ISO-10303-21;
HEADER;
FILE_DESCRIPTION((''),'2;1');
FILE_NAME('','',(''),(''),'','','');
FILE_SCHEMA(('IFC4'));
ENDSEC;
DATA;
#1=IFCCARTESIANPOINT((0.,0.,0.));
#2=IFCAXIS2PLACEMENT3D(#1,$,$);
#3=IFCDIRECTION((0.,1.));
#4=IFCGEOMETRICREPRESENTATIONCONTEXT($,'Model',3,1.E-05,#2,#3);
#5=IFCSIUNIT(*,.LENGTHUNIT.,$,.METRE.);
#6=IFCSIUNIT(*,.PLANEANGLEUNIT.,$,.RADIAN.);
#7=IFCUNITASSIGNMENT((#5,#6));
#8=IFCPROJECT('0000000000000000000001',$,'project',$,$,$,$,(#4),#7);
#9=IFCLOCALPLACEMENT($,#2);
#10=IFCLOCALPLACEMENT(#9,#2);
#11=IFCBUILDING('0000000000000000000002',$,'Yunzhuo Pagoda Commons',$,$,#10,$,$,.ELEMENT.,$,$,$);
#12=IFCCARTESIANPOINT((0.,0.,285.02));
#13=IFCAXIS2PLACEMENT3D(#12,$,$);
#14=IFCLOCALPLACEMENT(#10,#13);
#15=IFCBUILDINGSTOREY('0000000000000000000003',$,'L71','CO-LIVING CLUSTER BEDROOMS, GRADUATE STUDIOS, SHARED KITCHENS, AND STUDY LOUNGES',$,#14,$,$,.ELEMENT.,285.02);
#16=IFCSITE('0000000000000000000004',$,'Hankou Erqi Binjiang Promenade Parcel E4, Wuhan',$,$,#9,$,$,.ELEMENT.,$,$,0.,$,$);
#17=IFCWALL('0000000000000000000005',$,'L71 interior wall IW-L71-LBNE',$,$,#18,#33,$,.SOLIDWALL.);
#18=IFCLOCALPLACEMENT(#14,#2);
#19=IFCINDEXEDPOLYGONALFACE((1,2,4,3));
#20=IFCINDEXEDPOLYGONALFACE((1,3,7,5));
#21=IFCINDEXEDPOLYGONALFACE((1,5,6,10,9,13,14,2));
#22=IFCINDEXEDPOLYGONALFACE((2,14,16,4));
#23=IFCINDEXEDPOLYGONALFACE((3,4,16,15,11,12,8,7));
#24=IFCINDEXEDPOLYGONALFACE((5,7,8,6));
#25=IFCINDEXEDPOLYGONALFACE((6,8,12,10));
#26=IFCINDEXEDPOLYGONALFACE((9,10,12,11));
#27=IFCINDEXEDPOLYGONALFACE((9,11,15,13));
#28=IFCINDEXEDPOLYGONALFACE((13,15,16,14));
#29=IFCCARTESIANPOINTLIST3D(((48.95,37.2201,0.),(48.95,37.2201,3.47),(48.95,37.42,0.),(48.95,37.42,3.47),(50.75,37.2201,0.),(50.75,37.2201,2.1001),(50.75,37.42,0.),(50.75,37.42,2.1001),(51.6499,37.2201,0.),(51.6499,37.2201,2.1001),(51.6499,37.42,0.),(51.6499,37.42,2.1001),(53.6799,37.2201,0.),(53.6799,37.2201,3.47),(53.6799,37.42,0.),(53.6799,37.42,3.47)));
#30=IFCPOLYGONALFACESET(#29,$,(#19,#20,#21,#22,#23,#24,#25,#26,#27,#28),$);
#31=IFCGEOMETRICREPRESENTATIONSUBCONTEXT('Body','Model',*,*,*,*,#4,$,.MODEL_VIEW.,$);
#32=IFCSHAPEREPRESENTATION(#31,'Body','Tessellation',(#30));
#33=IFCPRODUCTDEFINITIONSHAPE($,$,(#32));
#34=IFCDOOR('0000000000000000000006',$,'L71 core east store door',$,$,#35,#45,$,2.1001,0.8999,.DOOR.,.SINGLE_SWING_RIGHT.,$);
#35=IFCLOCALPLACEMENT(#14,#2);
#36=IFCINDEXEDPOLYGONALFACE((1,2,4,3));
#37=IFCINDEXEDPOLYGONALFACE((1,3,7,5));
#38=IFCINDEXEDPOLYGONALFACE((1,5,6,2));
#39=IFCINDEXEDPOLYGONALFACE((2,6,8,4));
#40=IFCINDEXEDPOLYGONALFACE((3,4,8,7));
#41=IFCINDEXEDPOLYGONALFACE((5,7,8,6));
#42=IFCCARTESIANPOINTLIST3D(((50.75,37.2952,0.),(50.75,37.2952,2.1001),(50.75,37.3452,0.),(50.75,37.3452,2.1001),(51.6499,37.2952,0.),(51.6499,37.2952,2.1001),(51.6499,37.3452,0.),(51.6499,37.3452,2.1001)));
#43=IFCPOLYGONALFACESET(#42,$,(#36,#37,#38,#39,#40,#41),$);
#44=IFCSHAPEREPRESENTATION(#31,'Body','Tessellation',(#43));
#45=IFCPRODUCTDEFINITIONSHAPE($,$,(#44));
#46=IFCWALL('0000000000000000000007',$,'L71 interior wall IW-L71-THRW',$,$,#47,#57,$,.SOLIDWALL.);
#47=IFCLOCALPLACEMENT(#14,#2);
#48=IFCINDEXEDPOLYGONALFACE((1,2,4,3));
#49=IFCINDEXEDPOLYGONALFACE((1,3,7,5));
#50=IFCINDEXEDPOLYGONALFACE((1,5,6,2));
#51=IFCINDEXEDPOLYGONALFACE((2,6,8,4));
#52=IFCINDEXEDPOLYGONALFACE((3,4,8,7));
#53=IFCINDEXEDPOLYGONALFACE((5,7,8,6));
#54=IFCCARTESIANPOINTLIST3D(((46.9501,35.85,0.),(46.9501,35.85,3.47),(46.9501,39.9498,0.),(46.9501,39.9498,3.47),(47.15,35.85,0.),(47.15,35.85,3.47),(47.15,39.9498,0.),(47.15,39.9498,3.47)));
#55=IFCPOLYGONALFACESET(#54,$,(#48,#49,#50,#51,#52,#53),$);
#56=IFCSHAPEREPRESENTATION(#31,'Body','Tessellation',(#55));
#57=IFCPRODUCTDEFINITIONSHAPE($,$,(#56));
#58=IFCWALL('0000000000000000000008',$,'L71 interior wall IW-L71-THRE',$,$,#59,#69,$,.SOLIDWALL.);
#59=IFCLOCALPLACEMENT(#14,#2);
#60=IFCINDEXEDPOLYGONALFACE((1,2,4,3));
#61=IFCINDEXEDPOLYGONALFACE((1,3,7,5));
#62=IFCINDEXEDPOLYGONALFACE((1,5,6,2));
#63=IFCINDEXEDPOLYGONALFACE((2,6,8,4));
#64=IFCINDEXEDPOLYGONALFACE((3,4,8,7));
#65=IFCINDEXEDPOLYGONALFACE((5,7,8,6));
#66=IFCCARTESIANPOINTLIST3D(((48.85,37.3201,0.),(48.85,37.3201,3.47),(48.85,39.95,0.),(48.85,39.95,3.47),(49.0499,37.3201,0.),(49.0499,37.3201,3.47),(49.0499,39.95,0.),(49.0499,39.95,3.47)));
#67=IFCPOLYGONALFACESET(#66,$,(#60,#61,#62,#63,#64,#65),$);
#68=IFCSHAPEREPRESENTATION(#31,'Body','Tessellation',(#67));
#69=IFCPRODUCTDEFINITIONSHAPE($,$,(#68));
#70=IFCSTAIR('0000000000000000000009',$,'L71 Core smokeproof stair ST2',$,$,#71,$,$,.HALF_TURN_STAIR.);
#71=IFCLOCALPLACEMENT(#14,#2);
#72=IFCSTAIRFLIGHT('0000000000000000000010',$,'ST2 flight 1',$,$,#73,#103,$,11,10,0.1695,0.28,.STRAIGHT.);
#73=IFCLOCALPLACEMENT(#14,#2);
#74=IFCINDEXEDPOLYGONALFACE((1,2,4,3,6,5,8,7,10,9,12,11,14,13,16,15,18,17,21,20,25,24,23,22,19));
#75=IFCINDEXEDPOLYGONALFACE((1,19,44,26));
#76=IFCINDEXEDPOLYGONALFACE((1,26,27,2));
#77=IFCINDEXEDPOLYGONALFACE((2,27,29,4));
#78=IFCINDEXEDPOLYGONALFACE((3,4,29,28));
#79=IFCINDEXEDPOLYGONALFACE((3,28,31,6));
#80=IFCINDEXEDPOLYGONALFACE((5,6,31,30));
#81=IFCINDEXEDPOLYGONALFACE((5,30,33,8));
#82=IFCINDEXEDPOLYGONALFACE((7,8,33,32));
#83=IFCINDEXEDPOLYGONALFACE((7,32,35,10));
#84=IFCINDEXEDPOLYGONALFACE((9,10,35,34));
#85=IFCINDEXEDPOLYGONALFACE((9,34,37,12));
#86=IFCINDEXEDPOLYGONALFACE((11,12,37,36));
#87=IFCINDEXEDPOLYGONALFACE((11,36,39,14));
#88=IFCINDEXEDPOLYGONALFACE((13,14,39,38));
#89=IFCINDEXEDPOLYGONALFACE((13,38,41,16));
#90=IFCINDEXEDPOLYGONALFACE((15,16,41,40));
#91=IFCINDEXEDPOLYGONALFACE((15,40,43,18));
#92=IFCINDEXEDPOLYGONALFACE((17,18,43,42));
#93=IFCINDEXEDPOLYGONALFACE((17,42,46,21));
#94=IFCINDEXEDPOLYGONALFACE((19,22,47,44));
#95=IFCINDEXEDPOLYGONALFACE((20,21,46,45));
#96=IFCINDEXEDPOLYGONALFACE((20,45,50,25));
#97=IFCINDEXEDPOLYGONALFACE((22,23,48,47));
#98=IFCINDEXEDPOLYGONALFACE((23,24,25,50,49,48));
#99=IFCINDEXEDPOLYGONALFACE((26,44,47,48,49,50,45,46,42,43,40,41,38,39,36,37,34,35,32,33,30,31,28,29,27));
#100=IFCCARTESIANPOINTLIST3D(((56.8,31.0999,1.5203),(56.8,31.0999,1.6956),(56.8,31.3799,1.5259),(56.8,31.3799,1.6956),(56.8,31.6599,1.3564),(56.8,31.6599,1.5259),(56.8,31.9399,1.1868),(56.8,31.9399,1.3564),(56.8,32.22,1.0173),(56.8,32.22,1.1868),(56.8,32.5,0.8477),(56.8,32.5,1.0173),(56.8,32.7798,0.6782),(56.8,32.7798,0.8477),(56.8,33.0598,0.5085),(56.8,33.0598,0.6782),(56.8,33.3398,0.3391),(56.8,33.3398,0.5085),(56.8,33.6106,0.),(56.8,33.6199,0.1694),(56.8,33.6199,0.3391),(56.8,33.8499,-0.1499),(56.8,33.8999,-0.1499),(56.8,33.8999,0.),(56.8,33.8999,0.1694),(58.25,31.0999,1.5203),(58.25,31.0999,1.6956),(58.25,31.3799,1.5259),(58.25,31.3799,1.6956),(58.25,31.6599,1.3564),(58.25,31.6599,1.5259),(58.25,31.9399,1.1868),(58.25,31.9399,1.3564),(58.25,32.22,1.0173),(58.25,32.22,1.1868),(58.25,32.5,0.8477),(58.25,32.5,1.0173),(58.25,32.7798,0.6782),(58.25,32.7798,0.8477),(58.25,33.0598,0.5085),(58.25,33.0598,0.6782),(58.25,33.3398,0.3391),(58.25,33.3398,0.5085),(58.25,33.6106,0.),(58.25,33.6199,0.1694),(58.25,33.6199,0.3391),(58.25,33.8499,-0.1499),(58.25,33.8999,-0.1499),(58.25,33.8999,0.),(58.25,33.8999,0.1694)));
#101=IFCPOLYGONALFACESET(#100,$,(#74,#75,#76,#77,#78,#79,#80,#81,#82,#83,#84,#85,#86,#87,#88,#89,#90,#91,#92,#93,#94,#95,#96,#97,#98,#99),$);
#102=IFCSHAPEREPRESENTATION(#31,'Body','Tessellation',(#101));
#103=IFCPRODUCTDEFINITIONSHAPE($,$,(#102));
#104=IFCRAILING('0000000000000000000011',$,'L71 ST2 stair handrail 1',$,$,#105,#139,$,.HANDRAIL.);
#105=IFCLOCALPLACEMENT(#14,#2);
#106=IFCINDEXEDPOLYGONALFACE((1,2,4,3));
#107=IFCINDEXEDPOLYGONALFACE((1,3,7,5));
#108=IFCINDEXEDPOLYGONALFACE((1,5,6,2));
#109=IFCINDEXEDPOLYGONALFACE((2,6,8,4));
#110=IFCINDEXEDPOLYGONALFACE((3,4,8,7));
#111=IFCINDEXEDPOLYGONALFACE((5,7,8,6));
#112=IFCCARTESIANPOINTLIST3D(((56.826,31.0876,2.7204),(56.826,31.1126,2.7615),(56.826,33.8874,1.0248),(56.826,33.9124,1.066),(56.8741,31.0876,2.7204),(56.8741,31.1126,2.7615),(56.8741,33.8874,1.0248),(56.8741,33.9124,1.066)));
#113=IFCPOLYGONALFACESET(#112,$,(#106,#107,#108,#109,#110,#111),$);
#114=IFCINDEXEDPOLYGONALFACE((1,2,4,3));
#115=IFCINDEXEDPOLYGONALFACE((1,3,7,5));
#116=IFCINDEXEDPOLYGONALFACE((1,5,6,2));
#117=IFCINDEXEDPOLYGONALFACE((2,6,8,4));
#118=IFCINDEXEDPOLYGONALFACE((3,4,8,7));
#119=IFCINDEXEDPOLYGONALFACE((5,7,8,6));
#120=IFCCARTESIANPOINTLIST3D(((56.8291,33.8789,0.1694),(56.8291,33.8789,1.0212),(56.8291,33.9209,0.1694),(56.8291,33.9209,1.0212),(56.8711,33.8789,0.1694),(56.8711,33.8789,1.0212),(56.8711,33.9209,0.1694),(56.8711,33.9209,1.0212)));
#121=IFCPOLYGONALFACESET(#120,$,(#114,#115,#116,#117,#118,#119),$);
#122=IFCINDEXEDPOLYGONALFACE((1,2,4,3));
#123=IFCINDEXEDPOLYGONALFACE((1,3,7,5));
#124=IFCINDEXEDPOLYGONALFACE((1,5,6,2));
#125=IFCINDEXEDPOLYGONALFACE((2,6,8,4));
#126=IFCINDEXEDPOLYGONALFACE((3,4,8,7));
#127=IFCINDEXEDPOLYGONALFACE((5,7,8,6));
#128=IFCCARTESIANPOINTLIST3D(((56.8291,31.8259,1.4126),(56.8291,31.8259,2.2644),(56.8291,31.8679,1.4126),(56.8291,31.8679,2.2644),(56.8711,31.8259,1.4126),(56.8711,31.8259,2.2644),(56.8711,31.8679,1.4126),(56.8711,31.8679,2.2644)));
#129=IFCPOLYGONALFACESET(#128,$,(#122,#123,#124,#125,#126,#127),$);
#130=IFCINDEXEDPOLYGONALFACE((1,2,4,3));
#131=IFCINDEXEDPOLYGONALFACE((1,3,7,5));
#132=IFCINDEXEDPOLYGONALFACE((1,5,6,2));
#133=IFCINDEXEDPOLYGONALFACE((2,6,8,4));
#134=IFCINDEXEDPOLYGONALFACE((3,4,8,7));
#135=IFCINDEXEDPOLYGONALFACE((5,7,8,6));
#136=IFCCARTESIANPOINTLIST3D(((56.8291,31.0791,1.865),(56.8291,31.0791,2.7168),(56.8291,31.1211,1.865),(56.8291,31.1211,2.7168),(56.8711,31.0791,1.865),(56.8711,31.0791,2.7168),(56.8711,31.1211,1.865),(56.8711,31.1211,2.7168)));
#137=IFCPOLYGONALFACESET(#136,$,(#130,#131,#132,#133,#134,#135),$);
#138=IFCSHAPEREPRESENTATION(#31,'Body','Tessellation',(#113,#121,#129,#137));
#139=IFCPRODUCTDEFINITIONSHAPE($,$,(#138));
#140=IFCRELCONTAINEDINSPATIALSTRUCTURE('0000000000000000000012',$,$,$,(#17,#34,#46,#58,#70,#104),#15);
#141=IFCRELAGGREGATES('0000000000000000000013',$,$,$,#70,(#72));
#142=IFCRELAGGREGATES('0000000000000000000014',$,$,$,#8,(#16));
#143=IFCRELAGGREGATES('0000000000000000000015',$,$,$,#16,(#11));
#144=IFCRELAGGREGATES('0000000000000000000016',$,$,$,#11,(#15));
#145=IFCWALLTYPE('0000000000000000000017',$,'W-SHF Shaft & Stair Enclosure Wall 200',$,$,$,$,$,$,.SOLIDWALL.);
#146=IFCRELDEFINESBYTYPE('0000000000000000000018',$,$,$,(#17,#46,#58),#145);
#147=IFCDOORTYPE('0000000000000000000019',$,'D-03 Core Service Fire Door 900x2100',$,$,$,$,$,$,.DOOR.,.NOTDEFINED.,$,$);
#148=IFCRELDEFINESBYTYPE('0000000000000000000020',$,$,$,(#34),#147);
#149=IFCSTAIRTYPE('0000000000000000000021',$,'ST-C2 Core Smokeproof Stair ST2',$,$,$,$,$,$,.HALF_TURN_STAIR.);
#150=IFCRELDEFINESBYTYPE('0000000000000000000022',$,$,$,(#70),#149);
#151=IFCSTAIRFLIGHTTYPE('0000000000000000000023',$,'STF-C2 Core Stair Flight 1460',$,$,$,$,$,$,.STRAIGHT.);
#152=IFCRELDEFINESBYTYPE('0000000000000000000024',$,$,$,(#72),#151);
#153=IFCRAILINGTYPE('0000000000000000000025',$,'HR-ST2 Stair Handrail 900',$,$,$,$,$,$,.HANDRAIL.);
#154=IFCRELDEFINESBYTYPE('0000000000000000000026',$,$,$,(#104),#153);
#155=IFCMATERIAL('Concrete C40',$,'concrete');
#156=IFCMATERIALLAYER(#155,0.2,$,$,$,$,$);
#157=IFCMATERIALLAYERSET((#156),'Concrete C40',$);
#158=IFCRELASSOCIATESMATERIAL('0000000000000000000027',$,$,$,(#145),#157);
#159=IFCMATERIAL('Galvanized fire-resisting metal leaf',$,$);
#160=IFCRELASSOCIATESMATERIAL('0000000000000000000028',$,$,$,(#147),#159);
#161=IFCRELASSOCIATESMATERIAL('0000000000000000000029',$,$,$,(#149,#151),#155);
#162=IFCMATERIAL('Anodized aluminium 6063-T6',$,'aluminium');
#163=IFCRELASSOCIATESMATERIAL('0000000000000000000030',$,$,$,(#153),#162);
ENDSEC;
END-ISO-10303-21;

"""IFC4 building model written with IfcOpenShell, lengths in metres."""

from ifc_helpers import new_model, si_unit, direction, frame, frame_2d, origin, origin_2d, place, context, subcontext, project, spatial, polyline, rectangle, outline, extrude, source, transform, mapped, material, layer, layer_set, type_object, element, fill, aggregate, save


model = new_model("IFC4")

# Units and contexts
model_context = context("Model", 3, precision=1e-05, world=origin(), true_north=direction((0.0, 1.0)))
body_context = subcontext(model_context, "Body", "Model", "MODEL_VIEW")
ifc_project = project(units=[si_unit("LENGTHUNIT", "METRE"), si_unit("PLANEANGLEUNIT", "RADIAN")], contexts=[model_context])

# Site, building, storey
site_placement = place(None, origin())
site = spatial("IfcSite", under=ifc_project, at=site_placement, Name="Hankou Erqi Binjiang Promenade Parcel E4, Wuhan", CompositionType="ELEMENT", RefElevation=0.0)
building_placement = place(site_placement, origin())
building = spatial("IfcBuilding", under=site, at=building_placement, Name="Yunzhuo Pagoda Commons", CompositionType="ELEMENT")
storey_placement = place(building_placement, frame((0.0, 0.0, 285.02)))
storey = spatial("IfcBuildingStorey", under=building, at=storey_placement, Name="L71", Description="CO-LIVING CLUSTER BEDROOMS, GRADUATE STUDIOS, SHARED KITCHENS, AND STUDY LOUNGES", CompositionType="ELEMENT", Elevation=285.02)

# Shared definitions
ifc_material_1 = material(Name="Galvanized fire-resisting metal leaf")

# Shared definitions
ifc_material_2 = material(Name="Concrete C40", Category="concrete")
ifc_layer_1 = layer(ifc_material_2, 0.2)
ifc_layer_set_1 = layer_set([ifc_layer_1], Name="Concrete C40")
wall_type_1 = type_object("IfcWallType", Name="W-SHF Shaft & Stair Enclosure Wall 200", PredefinedType="SOLIDWALL", material=ifc_layer_set_1)

# Wall, opening, door
wall_1_placement = place(storey_placement, frame((48.95, 37.3201, 0.0), z_axis=(0.0, 0.0, 1.0), x_axis=(1.0, 0.0, 0.0)))
wall_1 = element("IfcWall", 1, at=wall_1_placement, inside=storey, type_object=wall_type_1, Name="L71 interior wall IW-L71-LBNE", PredefinedType="SOLIDWALL", context=body_context, shape_type="SweptSolid", body=[
    extrude(rectangle(XDim=4.73, YDim=0.2, at=frame_2d((2.365, 0.0))), origin(), (0.0, 0.0, 1.0), 3.47),
])
opening_1_placement = place(wall_1_placement, frame((1.8, 0.0, 0.0)))
opening_1 = element("IfcOpeningElement", 2, at=opening_1_placement, cuts=wall_1, PredefinedType="OPENING", context=body_context, shape_type="SweptSolid", body=[
    extrude(rectangle(XDim=0.8999, YDim=2.1001, at=frame_2d((0.45, 1.05))), frame((0.0, 0.1099, 0.0), z_axis=(0.0, -1.0, 0.0), x_axis=(1.0, 0.0, 0.0)), (0.0, 0.0, 1.0), 0.22),
])
door_type_1 = type_object("IfcDoorType", Name="D-03 Core Service Fire Door 900x2100", OperationType="NOTDEFINED", PredefinedType="DOOR", material=ifc_material_1)
shared_shape_1 = source(origin(), body_context, "Body", "SweptSolid", [
    extrude(rectangle(XDim=0.8999, YDim=2.1001, at=frame_2d((0.45, 1.05))), frame((0.0, 0.0249, 0.0), z_axis=(0.0, -1.0, 0.0), x_axis=(1.0, 0.0, 0.0)), (0.0, 0.0, 1.0), 0.05),
])
door_1_placement = place(opening_1_placement, frame((0.8999, 0.0, 0.0), z_axis=(0.0, 0.0, 1.0), x_axis=(-1.0, 0.0, 0.0)))
door_1 = element("IfcDoor", 3, at=door_1_placement, inside=storey, type_object=door_type_1, Name="L71 core east store door", OperationType="SINGLE_SWING_RIGHT", OverallHeight=2.1001, OverallWidth=0.8999, PredefinedType="DOOR", context=body_context, shape_type="MappedRepresentation", body=[
    mapped(shared_shape_1, transform((0.0, 0.0, 0.0), scale=1.0)),
])
fill(opening_1, door_1)

# Walls
wall_2_placement = place(storey_placement, frame((47.05, 35.8501, 0.0), z_axis=(0.0, 0.0, 1.0), x_axis=(0.0, 1.0, 0.0)))
element("IfcWall", 4, at=wall_2_placement, inside=storey, type_object=wall_type_1, Name="L71 interior wall IW-L71-THRW", PredefinedType="SOLIDWALL", context=body_context, shape_type="SweptSolid", body=[
    extrude(rectangle(XDim=4.0999, YDim=0.2, at=frame_2d((2.0498, 0.0))), origin(), (0.0, 0.0, 1.0), 3.47),
])
wall_3_placement = place(storey_placement, frame((48.95, 37.3201, 0.0), z_axis=(0.0, 0.0, 1.0), x_axis=(0.0, 1.0, 0.0)))
element("IfcWall", 5, at=wall_3_placement, inside=storey, type_object=wall_type_1, Name="L71 interior wall IW-L71-THRE", PredefinedType="SOLIDWALL", context=body_context, shape_type="SweptSolid", body=[
    extrude(rectangle(XDim=2.6299, YDim=0.2, at=frame_2d((1.3149, 0.0))), origin(), (0.0, 0.0, 1.0), 3.47),
])

# Stair, stair flight
stair_type = type_object("IfcStairType", Name="ST-C2 Core Smokeproof Stair ST2", PredefinedType="HALF_TURN_STAIR", material=ifc_material_2)
stair_placement = place(storey_placement, origin())
stair = element("IfcStair", 6, at=stair_placement, inside=storey, type_object=stair_type, Name="L71 Core smokeproof stair ST2", PredefinedType="HALF_TURN_STAIR")
stair_flight_type = type_object("IfcStairFlightType", Name="STF-C2 Core Stair Flight 1460", PredefinedType="STRAIGHT", material=ifc_material_2)
shared_shape_2 = source(origin(), body_context, "Body", "SweptSolid", [
    extrude(outline(polyline([(0.0, -0.1499), (0.0, 0.0), (0.0, 0.1694), (0.28, 0.1694), (0.28, 0.3391), (0.5601, 0.3391), (0.5601, 0.5085), (0.8401, 0.5085), (0.8401, 0.6782), (1.1201, 0.6782), (1.1201, 0.8477), (1.3999, 0.8477), (1.3999, 1.0173), (1.6799, 1.0173), (1.6799, 1.1868), (1.96, 1.1868), (1.96, 1.3564), (2.24, 1.3564), (2.24, 1.5259), (2.52, 1.5259), (2.52, 1.6956), (2.8, 1.6956), (2.8, 1.865), (2.8, 1.5203), (0.2893, 0.0), (0.05, -0.1499), (0.0, -0.1499)])), frame((0.0, 0.7251, 0.0), z_axis=(0.0, -1.0, 0.0), x_axis=(1.0, 0.0, 0.0)), (0.0, 0.0, 1.0), 1.45),
])
stair_flight_placement = place(storey_placement, frame((57.5249, 33.8999, 0.0), z_axis=(0.0, 0.0, 1.0), x_axis=(0.0, -1.0, 0.0)))
stair_flight = element("IfcStairFlight", 7, at=stair_flight_placement, type_object=stair_flight_type, Name="ST2 flight 1", NumberOfRisers=11, NumberOfTreads=10, PredefinedType="STRAIGHT", RiserHeight=0.1695, TreadLength=0.28, context=body_context, shape_type="MappedRepresentation", body=[
    mapped(shared_shape_2, transform((0.0, 0.0, 0.0), scale=1.0)),
])
aggregate(stair, [stair_flight])

# Railing
ifc_material_3 = material(Name="Anodized aluminium 6063-T6", Category="aluminium")
railing_type = type_object("IfcRailingType", Name="HR-ST2 Stair Handrail 900", PredefinedType="HANDRAIL", material=ifc_material_3)
railing_placement = place(storey_placement, frame((56.8501, 33.8999, 0.1694)))
element("IfcRailing", 8, at=railing_placement, inside=storey, type_object=railing_type, Name="L71 ST2 stair handrail 1", PredefinedType="HANDRAIL", context=body_context, shape_type="SweptSolid", body=[
    extrude(rectangle(XDim=0.0481, YDim=0.0481, at=origin_2d()), frame((0.0, 0.0, 0.876), z_axis=(0.0, -0.855373, 0.518012), x_axis=(1.0, 0.0, 0.0)), (0.0, 0.0, 1.0), 3.2732),
    extrude(rectangle(XDim=0.042, YDim=0.042, at=origin_2d()), origin(), (0.0, 0.0, 1.0), 0.8518),
    extrude(rectangle(XDim=0.042, YDim=0.042, at=origin_2d()), frame((0.0, -2.053, 1.2432)), (0.0, 0.0, 1.0), 0.8518),
    extrude(rectangle(XDim=0.042, YDim=0.042, at=origin_2d()), frame((0.0, -2.7998, 1.6956)), (0.0, 0.0, 1.0), 0.8518),
])

save(model, "model.ifc")
